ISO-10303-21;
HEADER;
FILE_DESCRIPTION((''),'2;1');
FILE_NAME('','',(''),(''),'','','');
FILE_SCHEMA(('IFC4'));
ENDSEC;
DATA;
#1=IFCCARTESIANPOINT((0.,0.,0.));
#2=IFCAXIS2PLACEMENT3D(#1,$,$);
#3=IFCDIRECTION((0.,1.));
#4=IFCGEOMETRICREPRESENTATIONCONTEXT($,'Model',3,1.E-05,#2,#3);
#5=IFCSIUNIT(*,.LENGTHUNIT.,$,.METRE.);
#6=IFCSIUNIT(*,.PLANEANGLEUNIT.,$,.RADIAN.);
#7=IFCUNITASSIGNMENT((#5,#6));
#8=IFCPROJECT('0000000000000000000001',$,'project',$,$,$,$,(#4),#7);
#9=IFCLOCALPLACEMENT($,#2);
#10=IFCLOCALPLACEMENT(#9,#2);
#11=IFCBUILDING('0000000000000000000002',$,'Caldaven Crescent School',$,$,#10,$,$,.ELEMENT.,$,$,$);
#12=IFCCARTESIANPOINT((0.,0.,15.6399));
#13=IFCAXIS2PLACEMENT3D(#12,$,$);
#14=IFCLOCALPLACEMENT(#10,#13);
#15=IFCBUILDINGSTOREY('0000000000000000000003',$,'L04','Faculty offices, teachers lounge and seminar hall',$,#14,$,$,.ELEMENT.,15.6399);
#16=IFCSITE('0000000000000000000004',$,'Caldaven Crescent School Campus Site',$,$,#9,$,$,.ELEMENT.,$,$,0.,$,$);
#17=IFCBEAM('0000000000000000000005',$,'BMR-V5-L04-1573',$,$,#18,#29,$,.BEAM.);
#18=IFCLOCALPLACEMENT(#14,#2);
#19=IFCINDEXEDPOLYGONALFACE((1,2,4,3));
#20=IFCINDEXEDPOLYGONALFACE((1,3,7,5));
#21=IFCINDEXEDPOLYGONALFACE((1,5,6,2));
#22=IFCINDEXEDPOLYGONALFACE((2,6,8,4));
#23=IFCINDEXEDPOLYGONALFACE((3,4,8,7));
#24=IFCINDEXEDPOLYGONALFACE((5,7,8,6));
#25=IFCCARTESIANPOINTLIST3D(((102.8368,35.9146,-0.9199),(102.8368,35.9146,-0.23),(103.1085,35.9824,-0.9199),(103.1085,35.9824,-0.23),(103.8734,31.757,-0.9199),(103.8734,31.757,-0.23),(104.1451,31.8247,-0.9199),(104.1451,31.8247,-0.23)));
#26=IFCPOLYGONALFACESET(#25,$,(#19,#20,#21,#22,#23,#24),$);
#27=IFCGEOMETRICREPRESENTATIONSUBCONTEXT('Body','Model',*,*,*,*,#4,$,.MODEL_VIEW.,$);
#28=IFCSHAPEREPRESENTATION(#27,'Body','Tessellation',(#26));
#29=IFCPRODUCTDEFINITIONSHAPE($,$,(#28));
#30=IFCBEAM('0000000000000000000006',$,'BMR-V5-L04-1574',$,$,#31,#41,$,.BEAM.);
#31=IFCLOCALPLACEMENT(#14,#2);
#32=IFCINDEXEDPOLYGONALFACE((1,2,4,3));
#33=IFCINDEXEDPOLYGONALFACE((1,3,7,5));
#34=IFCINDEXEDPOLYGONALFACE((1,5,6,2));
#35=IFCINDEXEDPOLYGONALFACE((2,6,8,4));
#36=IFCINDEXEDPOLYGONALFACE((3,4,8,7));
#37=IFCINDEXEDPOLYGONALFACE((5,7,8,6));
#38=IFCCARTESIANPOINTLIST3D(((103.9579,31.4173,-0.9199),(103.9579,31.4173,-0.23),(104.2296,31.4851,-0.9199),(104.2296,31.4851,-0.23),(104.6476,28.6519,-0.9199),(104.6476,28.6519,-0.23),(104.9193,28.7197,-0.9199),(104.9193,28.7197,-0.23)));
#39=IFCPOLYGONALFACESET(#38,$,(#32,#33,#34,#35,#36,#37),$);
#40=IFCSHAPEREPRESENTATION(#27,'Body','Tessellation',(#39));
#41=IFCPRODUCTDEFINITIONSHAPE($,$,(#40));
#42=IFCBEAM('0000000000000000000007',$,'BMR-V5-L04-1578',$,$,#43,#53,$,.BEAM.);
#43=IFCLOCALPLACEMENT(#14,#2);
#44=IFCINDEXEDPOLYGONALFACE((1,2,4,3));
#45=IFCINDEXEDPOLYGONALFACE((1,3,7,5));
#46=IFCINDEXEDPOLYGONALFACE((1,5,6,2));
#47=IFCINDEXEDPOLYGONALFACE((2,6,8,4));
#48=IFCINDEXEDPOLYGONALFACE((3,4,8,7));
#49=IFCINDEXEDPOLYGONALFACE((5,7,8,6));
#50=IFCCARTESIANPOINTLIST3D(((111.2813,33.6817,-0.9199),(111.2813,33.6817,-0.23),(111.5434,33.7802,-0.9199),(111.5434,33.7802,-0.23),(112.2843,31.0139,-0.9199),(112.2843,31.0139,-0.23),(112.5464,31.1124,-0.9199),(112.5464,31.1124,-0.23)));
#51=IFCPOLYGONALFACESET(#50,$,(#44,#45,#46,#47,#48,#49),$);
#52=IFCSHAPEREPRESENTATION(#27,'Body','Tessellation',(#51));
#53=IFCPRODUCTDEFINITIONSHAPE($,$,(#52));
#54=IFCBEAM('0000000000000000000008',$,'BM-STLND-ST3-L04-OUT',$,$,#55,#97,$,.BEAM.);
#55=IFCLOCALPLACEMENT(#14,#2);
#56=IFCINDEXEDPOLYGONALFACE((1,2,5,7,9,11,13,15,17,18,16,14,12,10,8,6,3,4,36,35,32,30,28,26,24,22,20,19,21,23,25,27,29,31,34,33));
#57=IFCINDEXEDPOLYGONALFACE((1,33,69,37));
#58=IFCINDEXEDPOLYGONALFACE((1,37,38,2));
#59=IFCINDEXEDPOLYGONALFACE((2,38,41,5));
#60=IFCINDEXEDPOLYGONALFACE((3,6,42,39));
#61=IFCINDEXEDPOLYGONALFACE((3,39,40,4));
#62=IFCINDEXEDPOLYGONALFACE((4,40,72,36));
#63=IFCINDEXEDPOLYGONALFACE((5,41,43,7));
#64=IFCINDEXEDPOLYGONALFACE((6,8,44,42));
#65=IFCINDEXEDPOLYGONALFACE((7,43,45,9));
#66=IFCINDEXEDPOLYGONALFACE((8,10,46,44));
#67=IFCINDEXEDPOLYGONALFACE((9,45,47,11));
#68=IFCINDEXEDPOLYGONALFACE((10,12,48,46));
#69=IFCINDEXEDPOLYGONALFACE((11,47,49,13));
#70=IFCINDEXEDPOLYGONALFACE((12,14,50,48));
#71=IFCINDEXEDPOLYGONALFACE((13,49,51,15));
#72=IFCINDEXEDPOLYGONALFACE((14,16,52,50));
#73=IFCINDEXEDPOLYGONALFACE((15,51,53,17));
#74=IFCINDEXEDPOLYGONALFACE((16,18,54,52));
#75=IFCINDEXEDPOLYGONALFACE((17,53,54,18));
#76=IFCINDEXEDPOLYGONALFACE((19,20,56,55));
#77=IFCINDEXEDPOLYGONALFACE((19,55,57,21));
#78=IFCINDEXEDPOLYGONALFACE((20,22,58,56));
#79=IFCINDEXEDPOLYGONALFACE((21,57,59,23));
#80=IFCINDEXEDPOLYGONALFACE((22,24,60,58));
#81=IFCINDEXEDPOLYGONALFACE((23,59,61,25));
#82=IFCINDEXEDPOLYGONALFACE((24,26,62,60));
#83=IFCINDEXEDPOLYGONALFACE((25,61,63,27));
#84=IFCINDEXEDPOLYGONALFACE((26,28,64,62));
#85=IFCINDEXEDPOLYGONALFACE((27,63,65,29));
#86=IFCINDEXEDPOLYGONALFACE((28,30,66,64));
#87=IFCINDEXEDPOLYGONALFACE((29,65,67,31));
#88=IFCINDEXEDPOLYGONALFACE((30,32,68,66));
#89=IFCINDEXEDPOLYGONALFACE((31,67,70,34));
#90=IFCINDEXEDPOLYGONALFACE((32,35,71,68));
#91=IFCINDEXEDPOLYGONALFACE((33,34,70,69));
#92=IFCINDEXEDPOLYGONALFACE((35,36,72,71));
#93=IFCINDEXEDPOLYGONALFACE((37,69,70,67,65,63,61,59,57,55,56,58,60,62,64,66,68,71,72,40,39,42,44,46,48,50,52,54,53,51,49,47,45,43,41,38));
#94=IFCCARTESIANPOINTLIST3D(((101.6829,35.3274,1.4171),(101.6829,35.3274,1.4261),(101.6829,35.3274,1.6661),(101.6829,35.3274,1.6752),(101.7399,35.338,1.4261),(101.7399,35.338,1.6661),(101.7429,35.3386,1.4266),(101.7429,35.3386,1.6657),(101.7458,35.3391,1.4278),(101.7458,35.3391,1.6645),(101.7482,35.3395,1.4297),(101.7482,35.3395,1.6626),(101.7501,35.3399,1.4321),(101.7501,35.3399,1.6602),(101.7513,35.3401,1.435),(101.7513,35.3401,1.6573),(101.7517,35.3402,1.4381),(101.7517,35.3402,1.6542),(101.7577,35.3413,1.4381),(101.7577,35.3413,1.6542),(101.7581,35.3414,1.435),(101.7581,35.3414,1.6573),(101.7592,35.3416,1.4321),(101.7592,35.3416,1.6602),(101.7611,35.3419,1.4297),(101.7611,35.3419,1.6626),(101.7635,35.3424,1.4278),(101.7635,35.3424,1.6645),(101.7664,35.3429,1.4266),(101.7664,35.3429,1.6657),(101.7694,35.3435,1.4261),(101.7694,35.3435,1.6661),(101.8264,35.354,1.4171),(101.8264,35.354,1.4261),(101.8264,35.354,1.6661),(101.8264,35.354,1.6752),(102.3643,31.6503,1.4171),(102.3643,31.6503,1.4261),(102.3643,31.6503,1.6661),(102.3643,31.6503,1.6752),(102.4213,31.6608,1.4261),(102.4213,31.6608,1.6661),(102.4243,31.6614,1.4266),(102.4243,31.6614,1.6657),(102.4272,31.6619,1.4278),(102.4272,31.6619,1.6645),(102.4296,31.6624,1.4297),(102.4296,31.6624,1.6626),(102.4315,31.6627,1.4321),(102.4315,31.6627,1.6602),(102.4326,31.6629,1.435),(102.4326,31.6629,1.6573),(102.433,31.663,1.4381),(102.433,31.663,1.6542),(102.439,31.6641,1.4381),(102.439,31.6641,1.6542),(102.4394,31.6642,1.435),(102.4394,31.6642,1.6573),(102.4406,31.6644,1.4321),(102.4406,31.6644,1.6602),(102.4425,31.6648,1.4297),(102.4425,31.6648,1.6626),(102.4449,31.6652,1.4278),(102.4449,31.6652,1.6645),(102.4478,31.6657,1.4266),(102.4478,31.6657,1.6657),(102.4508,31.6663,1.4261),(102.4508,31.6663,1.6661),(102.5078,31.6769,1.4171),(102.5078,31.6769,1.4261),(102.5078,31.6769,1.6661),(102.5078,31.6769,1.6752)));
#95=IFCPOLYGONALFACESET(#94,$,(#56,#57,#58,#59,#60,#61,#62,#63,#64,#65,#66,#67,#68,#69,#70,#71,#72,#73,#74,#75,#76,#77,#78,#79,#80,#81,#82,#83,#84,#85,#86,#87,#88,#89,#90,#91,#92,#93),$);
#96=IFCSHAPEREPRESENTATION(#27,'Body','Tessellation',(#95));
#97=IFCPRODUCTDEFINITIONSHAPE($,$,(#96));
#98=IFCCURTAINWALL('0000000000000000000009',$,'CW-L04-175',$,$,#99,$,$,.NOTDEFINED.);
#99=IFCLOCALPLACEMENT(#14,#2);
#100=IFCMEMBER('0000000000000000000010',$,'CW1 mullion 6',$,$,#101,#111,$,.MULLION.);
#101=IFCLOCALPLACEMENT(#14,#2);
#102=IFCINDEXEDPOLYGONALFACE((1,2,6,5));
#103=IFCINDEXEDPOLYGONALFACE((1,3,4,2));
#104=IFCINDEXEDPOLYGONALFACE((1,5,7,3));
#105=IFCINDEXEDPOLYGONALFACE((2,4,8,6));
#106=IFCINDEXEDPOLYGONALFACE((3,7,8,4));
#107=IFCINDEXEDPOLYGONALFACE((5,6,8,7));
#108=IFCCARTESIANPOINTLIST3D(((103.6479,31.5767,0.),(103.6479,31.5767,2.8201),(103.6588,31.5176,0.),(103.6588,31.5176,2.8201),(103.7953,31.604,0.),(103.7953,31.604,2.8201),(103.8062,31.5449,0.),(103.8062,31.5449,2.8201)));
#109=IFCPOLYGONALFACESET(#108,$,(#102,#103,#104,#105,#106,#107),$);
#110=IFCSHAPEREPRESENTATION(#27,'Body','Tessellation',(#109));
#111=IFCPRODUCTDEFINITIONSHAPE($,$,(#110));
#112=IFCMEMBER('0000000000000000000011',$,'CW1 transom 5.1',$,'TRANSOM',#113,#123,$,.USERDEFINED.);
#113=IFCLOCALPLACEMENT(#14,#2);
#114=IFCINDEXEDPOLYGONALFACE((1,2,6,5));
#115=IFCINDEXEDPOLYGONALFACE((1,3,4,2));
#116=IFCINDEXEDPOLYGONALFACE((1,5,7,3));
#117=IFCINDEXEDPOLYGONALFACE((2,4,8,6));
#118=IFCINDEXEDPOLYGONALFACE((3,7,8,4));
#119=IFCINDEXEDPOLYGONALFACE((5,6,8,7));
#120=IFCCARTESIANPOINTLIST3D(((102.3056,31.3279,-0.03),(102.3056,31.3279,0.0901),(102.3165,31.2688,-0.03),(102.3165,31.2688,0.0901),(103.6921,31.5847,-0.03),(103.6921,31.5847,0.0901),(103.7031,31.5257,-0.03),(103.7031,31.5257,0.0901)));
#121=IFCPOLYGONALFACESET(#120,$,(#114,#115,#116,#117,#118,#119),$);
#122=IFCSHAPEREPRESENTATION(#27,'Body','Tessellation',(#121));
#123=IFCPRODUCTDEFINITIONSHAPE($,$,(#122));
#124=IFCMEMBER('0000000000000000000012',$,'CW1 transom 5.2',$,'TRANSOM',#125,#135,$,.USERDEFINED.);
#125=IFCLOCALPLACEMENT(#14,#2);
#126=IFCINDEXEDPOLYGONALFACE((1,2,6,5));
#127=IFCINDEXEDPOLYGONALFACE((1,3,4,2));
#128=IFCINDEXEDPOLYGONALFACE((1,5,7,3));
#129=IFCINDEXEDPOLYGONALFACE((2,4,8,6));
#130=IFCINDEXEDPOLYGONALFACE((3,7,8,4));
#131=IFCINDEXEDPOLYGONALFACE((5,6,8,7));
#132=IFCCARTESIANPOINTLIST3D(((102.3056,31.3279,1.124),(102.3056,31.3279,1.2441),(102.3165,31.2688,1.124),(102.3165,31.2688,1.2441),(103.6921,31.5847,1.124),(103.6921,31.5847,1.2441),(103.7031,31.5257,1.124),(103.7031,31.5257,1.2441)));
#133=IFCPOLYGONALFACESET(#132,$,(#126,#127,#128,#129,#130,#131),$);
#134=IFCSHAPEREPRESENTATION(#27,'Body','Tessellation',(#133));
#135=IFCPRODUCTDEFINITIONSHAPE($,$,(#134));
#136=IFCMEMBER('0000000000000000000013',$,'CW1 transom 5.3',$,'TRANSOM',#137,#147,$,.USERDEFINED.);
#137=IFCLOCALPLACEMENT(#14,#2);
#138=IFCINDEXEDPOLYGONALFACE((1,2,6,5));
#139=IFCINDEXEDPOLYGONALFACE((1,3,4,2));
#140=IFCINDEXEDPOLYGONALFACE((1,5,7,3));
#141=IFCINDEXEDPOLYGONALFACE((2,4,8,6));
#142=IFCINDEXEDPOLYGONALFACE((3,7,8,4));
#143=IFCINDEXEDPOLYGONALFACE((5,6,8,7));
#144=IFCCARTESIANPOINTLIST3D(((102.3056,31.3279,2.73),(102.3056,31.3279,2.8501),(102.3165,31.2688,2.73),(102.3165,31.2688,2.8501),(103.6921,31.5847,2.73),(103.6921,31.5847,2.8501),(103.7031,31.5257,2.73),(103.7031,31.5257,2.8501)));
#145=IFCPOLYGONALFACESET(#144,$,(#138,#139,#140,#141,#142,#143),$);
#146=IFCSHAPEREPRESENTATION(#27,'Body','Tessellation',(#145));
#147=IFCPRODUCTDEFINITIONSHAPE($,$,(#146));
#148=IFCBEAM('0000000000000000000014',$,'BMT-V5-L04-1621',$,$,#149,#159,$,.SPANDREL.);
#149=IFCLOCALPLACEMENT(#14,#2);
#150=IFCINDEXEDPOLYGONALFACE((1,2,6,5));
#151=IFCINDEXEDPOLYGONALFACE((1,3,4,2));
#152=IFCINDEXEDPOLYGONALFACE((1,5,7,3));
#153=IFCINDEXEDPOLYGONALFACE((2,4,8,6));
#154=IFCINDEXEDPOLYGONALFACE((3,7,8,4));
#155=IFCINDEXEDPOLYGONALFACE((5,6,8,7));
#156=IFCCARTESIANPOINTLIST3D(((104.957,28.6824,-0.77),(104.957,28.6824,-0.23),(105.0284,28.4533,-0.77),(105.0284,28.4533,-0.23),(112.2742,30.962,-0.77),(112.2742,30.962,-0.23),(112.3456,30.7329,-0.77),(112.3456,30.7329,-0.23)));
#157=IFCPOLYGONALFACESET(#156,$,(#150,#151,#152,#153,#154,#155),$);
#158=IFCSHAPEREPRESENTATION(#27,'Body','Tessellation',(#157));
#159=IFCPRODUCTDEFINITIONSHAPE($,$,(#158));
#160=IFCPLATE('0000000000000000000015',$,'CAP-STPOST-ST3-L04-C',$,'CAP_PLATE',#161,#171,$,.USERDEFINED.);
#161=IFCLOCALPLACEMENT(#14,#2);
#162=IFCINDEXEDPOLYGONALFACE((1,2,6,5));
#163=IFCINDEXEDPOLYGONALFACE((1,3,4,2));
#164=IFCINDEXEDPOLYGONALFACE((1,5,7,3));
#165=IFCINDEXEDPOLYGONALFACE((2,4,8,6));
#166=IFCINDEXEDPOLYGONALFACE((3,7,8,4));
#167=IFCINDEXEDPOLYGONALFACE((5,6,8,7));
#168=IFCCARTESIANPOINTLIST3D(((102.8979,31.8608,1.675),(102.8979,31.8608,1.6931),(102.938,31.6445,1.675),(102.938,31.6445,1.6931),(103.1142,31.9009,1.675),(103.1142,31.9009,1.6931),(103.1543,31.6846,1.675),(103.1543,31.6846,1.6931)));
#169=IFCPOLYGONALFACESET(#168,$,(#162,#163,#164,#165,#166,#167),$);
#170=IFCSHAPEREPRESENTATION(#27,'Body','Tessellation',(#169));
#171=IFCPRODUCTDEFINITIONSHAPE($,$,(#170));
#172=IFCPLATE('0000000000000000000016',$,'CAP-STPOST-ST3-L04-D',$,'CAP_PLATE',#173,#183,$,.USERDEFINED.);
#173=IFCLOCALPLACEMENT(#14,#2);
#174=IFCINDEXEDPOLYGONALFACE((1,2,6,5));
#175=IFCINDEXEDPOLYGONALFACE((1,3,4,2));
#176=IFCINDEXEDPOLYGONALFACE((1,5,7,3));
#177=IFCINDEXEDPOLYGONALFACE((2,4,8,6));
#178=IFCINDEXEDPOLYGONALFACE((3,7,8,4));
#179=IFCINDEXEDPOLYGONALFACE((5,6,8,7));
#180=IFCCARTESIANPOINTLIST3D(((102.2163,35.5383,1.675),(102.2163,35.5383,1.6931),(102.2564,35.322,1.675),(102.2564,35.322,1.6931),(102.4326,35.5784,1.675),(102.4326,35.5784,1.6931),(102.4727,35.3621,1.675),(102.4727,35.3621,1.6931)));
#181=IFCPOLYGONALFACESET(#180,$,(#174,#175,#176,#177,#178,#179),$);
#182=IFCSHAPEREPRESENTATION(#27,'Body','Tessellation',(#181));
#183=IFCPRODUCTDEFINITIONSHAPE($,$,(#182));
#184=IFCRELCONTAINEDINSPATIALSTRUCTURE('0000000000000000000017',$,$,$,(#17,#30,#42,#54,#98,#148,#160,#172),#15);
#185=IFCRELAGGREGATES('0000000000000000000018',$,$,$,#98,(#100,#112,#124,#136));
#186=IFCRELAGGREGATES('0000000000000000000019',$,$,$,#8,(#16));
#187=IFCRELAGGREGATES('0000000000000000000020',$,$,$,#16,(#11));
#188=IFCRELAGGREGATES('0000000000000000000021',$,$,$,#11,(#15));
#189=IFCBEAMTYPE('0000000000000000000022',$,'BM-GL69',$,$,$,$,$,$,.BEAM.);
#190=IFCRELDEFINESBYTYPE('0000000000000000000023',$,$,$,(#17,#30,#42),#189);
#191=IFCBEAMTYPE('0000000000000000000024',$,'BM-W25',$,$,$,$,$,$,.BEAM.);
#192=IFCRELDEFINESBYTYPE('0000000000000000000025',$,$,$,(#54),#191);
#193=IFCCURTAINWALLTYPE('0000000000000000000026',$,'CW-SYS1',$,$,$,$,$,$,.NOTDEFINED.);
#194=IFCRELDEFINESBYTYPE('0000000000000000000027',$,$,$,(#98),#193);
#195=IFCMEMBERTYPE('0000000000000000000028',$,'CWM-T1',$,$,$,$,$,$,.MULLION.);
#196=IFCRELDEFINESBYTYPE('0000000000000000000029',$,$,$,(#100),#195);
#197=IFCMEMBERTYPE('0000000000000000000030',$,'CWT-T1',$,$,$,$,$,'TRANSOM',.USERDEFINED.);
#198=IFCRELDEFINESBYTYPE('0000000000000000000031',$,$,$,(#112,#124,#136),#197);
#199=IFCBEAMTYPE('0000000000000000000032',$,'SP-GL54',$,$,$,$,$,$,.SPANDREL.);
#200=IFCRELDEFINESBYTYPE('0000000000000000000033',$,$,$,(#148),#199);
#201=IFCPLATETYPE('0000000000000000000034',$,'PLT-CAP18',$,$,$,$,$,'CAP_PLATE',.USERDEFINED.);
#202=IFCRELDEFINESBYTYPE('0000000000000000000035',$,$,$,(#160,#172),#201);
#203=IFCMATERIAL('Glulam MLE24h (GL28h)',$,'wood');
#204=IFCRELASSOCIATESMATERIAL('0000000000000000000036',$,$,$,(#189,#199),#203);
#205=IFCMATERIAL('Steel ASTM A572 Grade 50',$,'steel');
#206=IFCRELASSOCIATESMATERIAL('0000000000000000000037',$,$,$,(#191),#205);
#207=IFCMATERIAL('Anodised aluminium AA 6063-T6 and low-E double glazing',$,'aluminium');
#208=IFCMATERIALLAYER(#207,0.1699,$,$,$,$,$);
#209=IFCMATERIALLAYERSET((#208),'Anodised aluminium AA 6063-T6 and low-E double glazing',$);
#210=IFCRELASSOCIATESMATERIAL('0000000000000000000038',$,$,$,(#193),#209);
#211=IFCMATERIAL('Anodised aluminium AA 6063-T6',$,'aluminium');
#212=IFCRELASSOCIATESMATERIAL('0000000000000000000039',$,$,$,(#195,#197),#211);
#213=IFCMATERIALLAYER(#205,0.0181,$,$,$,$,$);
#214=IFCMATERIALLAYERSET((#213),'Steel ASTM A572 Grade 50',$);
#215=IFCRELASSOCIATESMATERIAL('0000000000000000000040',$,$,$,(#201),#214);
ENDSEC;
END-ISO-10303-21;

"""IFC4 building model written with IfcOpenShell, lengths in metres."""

from ifc_helpers import new_model, si_unit, direction, frame, origin, origin_2d, place, context, subcontext, project, spatial, rectangle, i_section, extrude, material, layer, layer_set, material_profile, profile_set, type_object, element, aggregate, save


model = new_model("IFC4")

# Units and contexts
model_context = context("Model", 3, precision=1e-05, world=origin(), true_north=direction((0.0, 1.0)))
body_context = subcontext(model_context, "Body", "Model", "MODEL_VIEW")
ifc_project = project(units=[si_unit("LENGTHUNIT", "METRE"), si_unit("PLANEANGLEUNIT", "RADIAN")], contexts=[model_context])

# Site, building, storey
site_placement = place(None, origin())
site = spatial("IfcSite", under=ifc_project, at=site_placement, Name="Caldaven Crescent School Campus Site", CompositionType="ELEMENT", RefElevation=0.0)
building_placement = place(site_placement, origin())
building = spatial("IfcBuilding", under=site, at=building_placement, Name="Caldaven Crescent School", CompositionType="ELEMENT")
storey_placement = place(building_placement, frame((0.0, 0.0, 15.6399)))
storey = spatial("IfcBuildingStorey", under=building, at=storey_placement, Name="L04", Description="Faculty offices, teachers lounge and seminar hall", CompositionType="ELEMENT", Elevation=15.6399)

# Shared definitions
ifc_material_1 = material(Name="Glulam MLE24h (GL28h)", Category="wood")
ifc_material_2 = material(Name="Steel ASTM A572 Grade 50", Category="steel")

# Beams
ifc_material_profile_1 = material_profile(ifc_material_1, rectangle(XDim=0.28, YDim=0.6899, at=origin_2d()), Name="MLE 280x690")
ifc_profile_set_1 = profile_set([ifc_material_profile_1], Name="Glulam MLE24h (GL28h)")
beam_type_1 = type_object("IfcBeamType", Name="BM-GL69", PredefinedType="BEAM", material=ifc_profile_set_1)
beam_1_placement = place(storey_placement, frame((102.9727, 35.9485, -0.575), z_axis=(0.241919, -0.970296, 0.0), x_axis=(0.970296, 0.241919, 0.0)))
element("IfcBeam", 1, at=beam_1_placement, inside=storey, type_object=beam_type_1, Name="BMR-V5-L04-1573", PredefinedType="BEAM", context=body_context, shape_type="SweptSolid", body=[
    extrude(rectangle(XDim=0.28, YDim=0.6899, at=origin_2d()), origin(), (0.0, 0.0, 1.0), 4.2849),
])
for number, where, z_axis, x_axis, name in (
    (2, (104.0938, 31.4512, -0.575), (0.241991, -0.970278, 0.0), (0.970278, 0.241991, 0.0), "BMR-V5-L04-1574"),
    (3, (111.4124, 33.731, -0.575), (0.351902, -0.936037, 0.0), (0.936037, 0.351902, 0.0), "BMR-V5-L04-1578"),
):
    element("IfcBeam", number, at=place(storey_placement, frame(where, z_axis=z_axis, x_axis=x_axis)), inside=storey, type_object=beam_type_1, Name=name, PredefinedType="BEAM", context=body_context, shape_type="SweptSolid", body=[
        extrude(rectangle(XDim=0.28, YDim=0.6899, at=origin_2d()), origin(), (0.0, 0.0, 1.0), 2.8501),
    ])
ifc_material_profile_2 = material_profile(ifc_material_2, i_section(OverallWidth=0.146, OverallDepth=0.2581, WebThickness=0.0061, FlangeThickness=0.009, FilletRadius=0.012, at=origin_2d()), Name="W250x33")
ifc_profile_set_2 = profile_set([ifc_material_profile_2], Name="Steel ASTM A572 Grade 50")
beam_type_2 = type_object("IfcBeamType", Name="BM-W25", PredefinedType="BEAM", material=ifc_profile_set_2)
beam_2_placement = place(storey_placement, frame((102.436, 31.6636, 1.5461), z_axis=(-0.182199, 0.983262, 0.0), x_axis=(-0.983262, -0.182199, 0.0)))
element("IfcBeam", 4, at=beam_2_placement, inside=storey, type_object=beam_type_2, Name="BM-STLND-ST3-L04-OUT", PredefinedType="BEAM", context=body_context, shape_type="SweptSolid", body=[
    extrude(i_section(OverallWidth=0.146, OverallDepth=0.2581, WebThickness=0.0061, FlangeThickness=0.009, FilletRadius=0.012, at=origin_2d()), origin(), (0.0, 0.0, 1.0), 3.7397),
])

# Curtain wall, members
ifc_material_3 = material(Name="Anodised aluminium AA 6063-T6 and low-E double glazing", Category="aluminium")
ifc_layer_1 = layer(ifc_material_3, 0.1699)
ifc_layer_set_1 = layer_set([ifc_layer_1], Name="Anodised aluminium AA 6063-T6 and low-E double glazing")
curtain_wall_type = type_object("IfcCurtainWallType", Name="CW-SYS1", PredefinedType="NOTDEFINED", material=ifc_layer_set_1)
curtain_wall_placement = place(storey_placement, origin())
curtain_wall = element("IfcCurtainWall", 5, at=curtain_wall_placement, inside=storey, type_object=curtain_wall_type, Name="CW-L04-175", PredefinedType="NOTDEFINED")
ifc_material_4 = material(Name="Anodised aluminium AA 6063-T6", Category="aluminium")
ifc_material_profile_3 = material_profile(ifc_material_4, rectangle(XDim=0.0601, YDim=0.1499, at=origin_2d()), Name="CWM 60x150")
ifc_profile_set_3 = profile_set([ifc_material_profile_3], Name="Anodised aluminium AA 6063-T6")
member_type_1 = type_object("IfcMemberType", Name="CWM-T1", PredefinedType="MULLION", material=ifc_profile_set_3)
member_1_placement = place(storey_placement, frame((103.7271, 31.5608, 0.0), z_axis=(0.0, 0.0, 1.0), x_axis=(-0.182236, 0.983255, 0.0)))
member_1 = element("IfcMember", 6, at=member_1_placement, type_object=member_type_1, Name="CW1 mullion 6", PredefinedType="MULLION", context=body_context, shape_type="SweptSolid", body=[
    extrude(rectangle(XDim=0.0601, YDim=0.1499, at=origin_2d()), origin(), (0.0, 0.0, 1.0), 2.8201),
])
ifc_material_profile_4 = material_profile(ifc_material_4, rectangle(XDim=0.0601, YDim=0.1201, at=origin_2d()), Name="CWT 60x120")
ifc_profile_set_4 = profile_set([ifc_material_profile_4], Name="Anodised aluminium AA 6063-T6")
member_type_2 = type_object("IfcMemberType", Name="CWT-T1", ElementType="TRANSOM", PredefinedType="USERDEFINED", material=ifc_profile_set_4)
member_2_placement = place(storey_placement, frame((102.311, 31.2983, 0.03), z_axis=(0.983272, 0.182145, 0.0), x_axis=(-0.182145, 0.983272, 0.0)))
member_2 = element("IfcMember", 7, at=member_2_placement, type_object=member_type_2, Name="CW1 transom 5.1", ObjectType="TRANSOM", PredefinedType="USERDEFINED", context=body_context, shape_type="SweptSolid", body=[
    extrude(rectangle(XDim=0.0601, YDim=0.1201, at=origin_2d()), origin(), (0.0, 0.0, 1.0), 1.4102),
])
member_3_placement = place(storey_placement, frame((102.311, 31.2983, 1.1841), z_axis=(0.983272, 0.182145, 0.0), x_axis=(-0.182145, 0.983272, 0.0)))
member_3 = element("IfcMember", 8, at=member_3_placement, type_object=member_type_2, Name="CW1 transom 5.2", ObjectType="TRANSOM", PredefinedType="USERDEFINED", context=body_context, shape_type="SweptSolid", body=[
    extrude(rectangle(XDim=0.0601, YDim=0.1201, at=origin_2d()), origin(), (0.0, 0.0, 1.0), 1.4102),
])
member_4_placement = place(storey_placement, frame((102.311, 31.2983, 2.79), z_axis=(0.983272, 0.182145, 0.0), x_axis=(-0.182145, 0.983272, 0.0)))
member_4 = element("IfcMember", 9, at=member_4_placement, type_object=member_type_2, Name="CW1 transom 5.3", ObjectType="TRANSOM", PredefinedType="USERDEFINED", context=body_context, shape_type="SweptSolid", body=[
    extrude(rectangle(XDim=0.0601, YDim=0.1201, at=origin_2d()), origin(), (0.0, 0.0, 1.0), 1.4102),
])

# Beam
ifc_material_profile_5 = material_profile(ifc_material_1, rectangle(XDim=0.24, YDim=0.54, at=origin_2d()), Name="MLE 240x540")
ifc_profile_set_5 = profile_set([ifc_material_profile_5], Name="Glulam MLE24h (GL28h)")
beam_type_3 = type_object("IfcBeamType", Name="SP-GL54", PredefinedType="SPANDREL", material=ifc_profile_set_5)
beam_3_placement = place(storey_placement, frame((104.9927, 28.5679, -0.5), z_axis=(0.954742, 0.297435, 0.0), x_axis=(-0.297435, 0.954742, 0.0)))
element("IfcBeam", 10, at=beam_3_placement, inside=storey, type_object=beam_type_3, Name="BMT-V5-L04-1621", PredefinedType="SPANDREL", context=body_context, shape_type="SweptSolid", body=[
    extrude(rectangle(XDim=0.24, YDim=0.54, at=origin_2d()), origin(), (0.0, 0.0, 1.0), 7.6641),
])

# Plates
ifc_layer_2 = layer(ifc_material_2, 0.0181)
ifc_layer_set_2 = layer_set([ifc_layer_2], Name="Steel ASTM A572 Grade 50")
plate_type_1 = type_object("IfcPlateType", Name="PLT-CAP18", ElementType="CAP_PLATE", PredefinedType="USERDEFINED", material=ifc_layer_set_2)
for number, where, z_axis, x_axis, name in (
    (11, (103.0261, 31.7727, 1.675), (0.0, 0.0, 1.0), (0.983255, 0.182236, 0.0), "CAP-STPOST-ST3-L04-C"),
    (12, (102.3445, 35.4502, 1.675), (0.0, 0.0, 1.0), (0.983255, 0.182236, 0.0), "CAP-STPOST-ST3-L04-D"),
):
    element("IfcPlate", number, at=place(storey_placement, frame(where, z_axis=z_axis, x_axis=x_axis)), inside=storey, type_object=plate_type_1, Name=name, ObjectType="CAP_PLATE", PredefinedType="USERDEFINED", context=body_context, shape_type="SweptSolid", body=[
        extrude(rectangle(XDim=0.22, YDim=0.22, at=origin_2d()), origin(), (0.0, 0.0, 1.0), 0.0181),
    ])

aggregate(curtain_wall, [member_1, member_2, member_3, member_4])

save(model, "model.ifc")
